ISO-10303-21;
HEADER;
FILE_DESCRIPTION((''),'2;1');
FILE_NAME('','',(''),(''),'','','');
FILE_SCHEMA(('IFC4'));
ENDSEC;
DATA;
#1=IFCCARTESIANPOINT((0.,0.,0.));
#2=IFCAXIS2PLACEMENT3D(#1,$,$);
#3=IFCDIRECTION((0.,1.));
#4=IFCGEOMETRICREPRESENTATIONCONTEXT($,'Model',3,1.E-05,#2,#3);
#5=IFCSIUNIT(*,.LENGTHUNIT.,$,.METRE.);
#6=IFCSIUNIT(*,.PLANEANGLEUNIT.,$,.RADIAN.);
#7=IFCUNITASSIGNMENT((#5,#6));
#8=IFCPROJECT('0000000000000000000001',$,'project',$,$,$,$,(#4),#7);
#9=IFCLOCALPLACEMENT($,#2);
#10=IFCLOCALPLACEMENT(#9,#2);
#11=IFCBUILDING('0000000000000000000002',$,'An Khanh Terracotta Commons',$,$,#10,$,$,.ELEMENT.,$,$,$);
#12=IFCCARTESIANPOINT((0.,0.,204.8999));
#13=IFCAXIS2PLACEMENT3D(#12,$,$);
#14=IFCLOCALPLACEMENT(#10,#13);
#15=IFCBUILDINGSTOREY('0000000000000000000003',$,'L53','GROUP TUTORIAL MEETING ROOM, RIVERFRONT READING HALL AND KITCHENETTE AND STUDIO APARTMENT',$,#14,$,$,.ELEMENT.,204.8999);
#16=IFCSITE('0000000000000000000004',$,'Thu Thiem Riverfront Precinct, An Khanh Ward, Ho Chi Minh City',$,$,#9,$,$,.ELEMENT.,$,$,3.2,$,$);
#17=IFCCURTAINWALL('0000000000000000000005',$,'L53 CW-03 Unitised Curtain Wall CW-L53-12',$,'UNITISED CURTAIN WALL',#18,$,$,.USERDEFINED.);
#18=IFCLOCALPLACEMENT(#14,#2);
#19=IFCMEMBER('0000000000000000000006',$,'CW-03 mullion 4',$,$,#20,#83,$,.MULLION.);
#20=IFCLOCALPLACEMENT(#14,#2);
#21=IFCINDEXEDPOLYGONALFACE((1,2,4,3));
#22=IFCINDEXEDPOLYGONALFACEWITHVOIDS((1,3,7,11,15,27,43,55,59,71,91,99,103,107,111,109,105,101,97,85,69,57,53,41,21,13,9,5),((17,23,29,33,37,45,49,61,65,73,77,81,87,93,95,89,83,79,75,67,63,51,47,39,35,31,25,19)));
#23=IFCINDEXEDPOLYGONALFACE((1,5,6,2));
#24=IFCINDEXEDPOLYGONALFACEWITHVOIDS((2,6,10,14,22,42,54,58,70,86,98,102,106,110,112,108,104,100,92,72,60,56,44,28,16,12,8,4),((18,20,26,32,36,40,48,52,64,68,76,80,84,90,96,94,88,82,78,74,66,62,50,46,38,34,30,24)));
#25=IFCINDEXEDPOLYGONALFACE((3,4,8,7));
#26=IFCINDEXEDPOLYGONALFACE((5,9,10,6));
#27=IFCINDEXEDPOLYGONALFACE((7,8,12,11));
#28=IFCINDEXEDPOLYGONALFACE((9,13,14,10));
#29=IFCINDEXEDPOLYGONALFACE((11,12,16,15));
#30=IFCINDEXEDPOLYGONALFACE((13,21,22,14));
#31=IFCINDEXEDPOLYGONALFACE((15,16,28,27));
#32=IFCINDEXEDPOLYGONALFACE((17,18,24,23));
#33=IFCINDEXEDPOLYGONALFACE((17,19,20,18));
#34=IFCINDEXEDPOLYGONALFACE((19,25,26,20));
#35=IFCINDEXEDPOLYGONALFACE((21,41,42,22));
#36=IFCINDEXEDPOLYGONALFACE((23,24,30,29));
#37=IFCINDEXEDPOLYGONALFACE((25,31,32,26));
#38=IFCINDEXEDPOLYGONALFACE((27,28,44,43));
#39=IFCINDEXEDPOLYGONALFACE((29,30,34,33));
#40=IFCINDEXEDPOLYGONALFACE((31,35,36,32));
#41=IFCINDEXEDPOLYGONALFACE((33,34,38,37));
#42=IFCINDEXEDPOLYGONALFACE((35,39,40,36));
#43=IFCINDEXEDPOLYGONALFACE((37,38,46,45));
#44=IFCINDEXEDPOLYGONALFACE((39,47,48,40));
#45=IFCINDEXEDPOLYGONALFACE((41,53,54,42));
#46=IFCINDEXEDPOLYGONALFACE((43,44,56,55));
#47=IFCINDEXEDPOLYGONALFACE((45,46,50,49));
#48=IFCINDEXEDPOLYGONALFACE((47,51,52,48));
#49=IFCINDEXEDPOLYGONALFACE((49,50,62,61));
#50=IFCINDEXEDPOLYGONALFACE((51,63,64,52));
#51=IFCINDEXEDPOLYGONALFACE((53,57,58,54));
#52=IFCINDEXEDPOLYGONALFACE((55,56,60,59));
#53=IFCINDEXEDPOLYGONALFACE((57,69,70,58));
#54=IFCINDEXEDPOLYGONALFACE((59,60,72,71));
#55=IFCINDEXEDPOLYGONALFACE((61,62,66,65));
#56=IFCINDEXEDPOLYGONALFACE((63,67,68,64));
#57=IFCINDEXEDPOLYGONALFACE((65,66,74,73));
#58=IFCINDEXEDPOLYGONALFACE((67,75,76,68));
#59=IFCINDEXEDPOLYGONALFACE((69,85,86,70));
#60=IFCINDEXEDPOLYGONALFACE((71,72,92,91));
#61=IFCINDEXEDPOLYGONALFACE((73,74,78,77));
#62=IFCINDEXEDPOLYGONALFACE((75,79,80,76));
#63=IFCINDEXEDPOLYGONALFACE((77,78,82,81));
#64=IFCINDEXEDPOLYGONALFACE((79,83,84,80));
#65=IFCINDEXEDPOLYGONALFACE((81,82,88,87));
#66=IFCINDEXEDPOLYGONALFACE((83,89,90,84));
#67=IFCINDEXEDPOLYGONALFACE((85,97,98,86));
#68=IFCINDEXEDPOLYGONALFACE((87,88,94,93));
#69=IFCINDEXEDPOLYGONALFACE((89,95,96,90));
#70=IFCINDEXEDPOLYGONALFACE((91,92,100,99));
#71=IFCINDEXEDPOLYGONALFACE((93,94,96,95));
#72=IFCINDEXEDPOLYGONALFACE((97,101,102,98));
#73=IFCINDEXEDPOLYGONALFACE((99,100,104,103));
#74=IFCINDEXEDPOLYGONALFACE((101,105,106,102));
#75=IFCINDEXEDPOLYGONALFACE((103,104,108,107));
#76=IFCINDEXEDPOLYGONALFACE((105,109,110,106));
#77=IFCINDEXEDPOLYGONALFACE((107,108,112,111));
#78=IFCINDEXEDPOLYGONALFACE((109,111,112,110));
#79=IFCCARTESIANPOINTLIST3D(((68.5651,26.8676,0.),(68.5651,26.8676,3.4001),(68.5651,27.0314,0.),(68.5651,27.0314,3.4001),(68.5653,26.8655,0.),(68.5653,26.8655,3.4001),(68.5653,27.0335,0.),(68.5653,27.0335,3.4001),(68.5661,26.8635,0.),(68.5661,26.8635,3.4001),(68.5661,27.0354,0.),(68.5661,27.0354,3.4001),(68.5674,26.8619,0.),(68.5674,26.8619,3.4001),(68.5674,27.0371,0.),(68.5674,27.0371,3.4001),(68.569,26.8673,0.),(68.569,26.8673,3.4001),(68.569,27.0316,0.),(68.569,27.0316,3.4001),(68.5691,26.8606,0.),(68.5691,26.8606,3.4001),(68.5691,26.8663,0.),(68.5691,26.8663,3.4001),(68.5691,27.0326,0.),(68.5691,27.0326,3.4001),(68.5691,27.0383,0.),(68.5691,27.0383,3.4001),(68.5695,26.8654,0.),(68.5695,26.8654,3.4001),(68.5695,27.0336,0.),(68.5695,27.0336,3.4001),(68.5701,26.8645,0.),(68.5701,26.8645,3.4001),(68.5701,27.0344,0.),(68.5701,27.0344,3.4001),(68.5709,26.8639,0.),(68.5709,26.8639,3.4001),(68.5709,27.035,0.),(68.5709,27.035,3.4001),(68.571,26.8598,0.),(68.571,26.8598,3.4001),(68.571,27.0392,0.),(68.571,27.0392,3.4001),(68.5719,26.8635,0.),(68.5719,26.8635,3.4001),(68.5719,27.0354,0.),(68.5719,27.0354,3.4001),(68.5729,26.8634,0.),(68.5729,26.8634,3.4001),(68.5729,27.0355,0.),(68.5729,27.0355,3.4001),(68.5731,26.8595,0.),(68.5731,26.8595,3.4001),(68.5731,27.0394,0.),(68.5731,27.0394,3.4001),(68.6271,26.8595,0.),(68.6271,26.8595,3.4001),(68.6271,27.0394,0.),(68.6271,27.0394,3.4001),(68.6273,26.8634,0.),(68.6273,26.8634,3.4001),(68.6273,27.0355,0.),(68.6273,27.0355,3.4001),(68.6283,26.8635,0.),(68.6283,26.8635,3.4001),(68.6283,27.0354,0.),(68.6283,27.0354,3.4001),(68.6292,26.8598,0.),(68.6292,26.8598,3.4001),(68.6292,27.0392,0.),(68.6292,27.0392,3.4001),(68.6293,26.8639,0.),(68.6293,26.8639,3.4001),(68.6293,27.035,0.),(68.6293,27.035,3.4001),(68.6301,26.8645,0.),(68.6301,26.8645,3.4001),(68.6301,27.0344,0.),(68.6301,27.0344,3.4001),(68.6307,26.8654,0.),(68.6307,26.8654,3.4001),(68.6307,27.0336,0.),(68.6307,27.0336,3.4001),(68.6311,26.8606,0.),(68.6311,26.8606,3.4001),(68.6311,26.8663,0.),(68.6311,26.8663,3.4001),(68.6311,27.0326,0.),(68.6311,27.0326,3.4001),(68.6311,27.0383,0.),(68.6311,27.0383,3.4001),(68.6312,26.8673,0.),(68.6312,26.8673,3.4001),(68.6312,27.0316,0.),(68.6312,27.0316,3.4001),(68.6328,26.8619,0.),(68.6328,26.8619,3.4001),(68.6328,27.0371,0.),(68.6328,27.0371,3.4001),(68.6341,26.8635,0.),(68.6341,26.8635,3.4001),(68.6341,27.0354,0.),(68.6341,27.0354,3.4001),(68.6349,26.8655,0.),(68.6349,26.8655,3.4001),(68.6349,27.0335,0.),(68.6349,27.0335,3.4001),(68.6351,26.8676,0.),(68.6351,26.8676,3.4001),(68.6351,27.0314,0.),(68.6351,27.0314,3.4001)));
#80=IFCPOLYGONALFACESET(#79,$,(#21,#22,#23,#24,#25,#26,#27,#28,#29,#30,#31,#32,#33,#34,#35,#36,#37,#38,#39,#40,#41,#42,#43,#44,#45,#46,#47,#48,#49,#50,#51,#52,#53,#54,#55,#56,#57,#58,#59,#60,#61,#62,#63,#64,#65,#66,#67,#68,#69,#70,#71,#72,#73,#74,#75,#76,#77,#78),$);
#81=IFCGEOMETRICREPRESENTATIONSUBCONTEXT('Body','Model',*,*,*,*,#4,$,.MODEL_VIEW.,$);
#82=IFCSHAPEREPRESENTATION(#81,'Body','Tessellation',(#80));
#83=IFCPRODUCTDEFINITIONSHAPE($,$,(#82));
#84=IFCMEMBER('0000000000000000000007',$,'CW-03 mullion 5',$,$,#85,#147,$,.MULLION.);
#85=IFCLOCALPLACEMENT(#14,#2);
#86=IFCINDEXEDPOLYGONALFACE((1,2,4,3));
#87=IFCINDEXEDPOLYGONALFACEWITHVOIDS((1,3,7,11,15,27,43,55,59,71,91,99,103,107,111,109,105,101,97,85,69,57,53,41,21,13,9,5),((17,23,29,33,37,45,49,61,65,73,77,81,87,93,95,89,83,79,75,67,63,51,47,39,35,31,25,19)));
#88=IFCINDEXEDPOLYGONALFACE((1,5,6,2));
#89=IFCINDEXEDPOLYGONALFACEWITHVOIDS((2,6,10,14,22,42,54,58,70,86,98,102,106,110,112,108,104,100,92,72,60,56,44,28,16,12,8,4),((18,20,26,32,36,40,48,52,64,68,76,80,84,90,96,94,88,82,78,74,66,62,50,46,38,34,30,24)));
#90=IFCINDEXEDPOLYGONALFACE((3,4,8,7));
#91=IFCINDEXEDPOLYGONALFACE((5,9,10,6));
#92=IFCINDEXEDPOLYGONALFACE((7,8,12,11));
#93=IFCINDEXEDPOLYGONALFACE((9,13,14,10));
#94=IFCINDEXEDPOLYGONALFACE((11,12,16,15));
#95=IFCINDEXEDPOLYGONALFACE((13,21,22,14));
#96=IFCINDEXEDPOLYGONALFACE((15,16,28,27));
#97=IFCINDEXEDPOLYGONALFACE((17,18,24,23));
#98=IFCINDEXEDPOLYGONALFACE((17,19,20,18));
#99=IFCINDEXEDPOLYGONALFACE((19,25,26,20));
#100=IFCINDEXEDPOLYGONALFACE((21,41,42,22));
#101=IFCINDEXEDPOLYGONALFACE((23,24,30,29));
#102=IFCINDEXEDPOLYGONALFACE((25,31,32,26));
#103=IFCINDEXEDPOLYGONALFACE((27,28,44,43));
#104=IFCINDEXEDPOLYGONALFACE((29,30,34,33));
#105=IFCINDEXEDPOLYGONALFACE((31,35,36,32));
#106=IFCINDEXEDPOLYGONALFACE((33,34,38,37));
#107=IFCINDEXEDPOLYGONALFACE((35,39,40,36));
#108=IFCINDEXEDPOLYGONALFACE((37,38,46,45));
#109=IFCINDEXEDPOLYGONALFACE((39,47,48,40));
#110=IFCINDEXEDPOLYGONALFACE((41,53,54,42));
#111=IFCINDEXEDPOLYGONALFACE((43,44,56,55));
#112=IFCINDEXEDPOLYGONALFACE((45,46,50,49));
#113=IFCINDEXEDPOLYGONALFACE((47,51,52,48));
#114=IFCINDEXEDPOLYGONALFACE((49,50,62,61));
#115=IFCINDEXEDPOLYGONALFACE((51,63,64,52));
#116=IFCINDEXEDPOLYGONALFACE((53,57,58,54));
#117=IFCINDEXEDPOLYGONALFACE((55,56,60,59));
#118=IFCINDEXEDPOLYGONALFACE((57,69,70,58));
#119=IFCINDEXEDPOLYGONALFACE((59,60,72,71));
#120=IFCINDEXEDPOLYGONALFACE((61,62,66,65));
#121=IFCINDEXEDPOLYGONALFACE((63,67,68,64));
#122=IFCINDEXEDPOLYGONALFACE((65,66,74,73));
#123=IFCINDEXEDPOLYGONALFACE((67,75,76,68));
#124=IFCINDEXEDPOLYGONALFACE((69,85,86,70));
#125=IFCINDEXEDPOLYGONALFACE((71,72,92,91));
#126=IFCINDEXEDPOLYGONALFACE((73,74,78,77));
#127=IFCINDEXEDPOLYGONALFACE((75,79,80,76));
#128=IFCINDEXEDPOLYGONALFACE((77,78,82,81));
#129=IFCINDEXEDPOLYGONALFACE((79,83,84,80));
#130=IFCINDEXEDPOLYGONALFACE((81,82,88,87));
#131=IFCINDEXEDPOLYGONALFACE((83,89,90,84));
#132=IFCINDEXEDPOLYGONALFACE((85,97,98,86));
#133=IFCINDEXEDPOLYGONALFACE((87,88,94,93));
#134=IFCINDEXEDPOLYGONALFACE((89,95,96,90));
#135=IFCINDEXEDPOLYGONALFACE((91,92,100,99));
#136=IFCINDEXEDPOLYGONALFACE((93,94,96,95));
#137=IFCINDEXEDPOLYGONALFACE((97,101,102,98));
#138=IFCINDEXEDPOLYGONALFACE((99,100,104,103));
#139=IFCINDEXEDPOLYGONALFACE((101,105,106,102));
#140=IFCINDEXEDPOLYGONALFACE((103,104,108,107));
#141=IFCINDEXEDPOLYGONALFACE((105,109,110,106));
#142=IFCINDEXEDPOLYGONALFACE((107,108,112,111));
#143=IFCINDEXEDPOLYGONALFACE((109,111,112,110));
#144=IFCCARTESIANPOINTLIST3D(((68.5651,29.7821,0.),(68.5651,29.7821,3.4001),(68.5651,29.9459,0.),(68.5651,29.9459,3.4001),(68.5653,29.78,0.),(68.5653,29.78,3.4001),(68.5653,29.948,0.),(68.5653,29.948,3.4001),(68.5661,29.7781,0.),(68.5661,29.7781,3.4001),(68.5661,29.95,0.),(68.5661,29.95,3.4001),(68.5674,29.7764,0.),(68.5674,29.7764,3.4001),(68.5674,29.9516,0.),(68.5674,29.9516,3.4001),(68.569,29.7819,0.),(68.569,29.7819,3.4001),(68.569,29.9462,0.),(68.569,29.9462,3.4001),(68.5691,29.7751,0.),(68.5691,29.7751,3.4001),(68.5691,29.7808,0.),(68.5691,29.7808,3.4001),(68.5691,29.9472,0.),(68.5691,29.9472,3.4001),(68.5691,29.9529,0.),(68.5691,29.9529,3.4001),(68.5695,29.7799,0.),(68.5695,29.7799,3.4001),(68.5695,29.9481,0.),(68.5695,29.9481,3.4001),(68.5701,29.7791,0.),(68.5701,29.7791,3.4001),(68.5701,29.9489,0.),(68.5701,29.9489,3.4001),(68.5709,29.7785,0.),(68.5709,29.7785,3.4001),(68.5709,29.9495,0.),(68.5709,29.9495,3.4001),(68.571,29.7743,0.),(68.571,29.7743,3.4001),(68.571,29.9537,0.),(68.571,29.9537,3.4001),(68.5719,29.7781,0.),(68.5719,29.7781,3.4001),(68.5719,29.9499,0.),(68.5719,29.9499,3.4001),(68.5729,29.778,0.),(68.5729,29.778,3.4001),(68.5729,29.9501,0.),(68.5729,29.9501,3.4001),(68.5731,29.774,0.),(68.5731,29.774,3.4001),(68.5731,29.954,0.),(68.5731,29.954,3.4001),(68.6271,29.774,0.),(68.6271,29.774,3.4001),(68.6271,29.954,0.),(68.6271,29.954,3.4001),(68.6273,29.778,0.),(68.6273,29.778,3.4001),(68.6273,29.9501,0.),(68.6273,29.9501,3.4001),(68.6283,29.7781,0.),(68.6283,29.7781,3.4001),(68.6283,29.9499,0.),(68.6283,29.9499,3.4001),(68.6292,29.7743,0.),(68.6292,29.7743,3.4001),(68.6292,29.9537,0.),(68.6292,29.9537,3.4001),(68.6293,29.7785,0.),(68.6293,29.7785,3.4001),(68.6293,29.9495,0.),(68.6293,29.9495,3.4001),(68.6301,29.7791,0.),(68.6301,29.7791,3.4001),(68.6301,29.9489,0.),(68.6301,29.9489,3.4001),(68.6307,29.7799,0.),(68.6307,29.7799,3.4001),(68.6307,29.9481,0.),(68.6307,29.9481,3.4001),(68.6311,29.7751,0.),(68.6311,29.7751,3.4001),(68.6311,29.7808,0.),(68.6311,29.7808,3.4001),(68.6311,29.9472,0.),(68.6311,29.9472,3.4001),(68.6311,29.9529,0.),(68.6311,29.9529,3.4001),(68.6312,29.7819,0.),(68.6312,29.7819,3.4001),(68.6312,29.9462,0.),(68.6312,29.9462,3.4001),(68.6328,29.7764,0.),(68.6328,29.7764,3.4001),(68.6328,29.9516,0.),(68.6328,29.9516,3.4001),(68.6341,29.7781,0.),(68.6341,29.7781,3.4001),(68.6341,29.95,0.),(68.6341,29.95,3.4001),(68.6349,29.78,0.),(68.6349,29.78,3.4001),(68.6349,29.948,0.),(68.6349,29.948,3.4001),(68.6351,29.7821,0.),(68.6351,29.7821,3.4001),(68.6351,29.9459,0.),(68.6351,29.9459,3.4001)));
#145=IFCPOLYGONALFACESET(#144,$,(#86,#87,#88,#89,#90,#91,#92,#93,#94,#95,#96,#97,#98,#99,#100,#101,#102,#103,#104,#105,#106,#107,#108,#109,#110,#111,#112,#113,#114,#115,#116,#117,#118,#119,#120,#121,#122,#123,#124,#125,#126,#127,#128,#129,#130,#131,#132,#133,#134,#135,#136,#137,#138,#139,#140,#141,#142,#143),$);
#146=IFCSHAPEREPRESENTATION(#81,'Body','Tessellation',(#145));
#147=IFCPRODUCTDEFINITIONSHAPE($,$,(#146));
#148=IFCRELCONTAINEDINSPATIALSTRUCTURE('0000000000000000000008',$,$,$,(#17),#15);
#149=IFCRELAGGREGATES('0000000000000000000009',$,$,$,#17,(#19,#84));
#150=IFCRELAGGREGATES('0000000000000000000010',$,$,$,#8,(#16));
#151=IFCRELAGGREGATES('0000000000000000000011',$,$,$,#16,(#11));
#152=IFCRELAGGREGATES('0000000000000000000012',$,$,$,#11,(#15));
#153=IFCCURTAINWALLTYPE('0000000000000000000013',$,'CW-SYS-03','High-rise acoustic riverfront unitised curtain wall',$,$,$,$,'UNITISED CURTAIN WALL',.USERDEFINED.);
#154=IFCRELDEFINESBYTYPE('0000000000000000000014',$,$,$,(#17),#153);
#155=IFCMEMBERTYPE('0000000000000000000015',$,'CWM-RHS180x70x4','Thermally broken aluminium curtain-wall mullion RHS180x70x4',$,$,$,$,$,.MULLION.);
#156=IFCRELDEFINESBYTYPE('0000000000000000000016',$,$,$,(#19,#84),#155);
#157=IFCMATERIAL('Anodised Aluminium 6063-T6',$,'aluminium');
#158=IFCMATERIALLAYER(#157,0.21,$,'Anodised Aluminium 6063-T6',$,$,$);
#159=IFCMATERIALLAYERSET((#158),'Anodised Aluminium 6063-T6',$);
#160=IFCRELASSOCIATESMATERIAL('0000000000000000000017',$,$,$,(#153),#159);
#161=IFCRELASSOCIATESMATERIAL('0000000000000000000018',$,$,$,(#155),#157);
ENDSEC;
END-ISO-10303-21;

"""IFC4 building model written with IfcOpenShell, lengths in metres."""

from ifc_helpers import new_model, si_unit, direction, frame, origin, origin_2d, place, context, subcontext, project, spatial, hollow_rectangle, extrude, material, layer, layer_set, material_profile, profile_set, type_object, element, aggregate, save


model = new_model("IFC4")

# Units and contexts
model_context = context("Model", 3, precision=1e-05, world=origin(), true_north=direction((0.0, 1.0)))
body_context = subcontext(model_context, "Body", "Model", "MODEL_VIEW")
ifc_project = project(units=[si_unit("LENGTHUNIT", "METRE"), si_unit("PLANEANGLEUNIT", "RADIAN")], contexts=[model_context])

# Site, building, storey
site_placement = place(None, origin())
site = spatial("IfcSite", under=ifc_project, at=site_placement, Name="Thu Thiem Riverfront Precinct, An Khanh Ward, Ho Chi Minh City", CompositionType="ELEMENT", RefElevation=3.2)
building_placement = place(site_placement, origin())
building = spatial("IfcBuilding", under=site, at=building_placement, Name="An Khanh Terracotta Commons", CompositionType="ELEMENT")
storey_placement = place(building_placement, frame((0.0, 0.0, 204.8999)))
storey = spatial("IfcBuildingStorey", under=building, at=storey_placement, Name="L53", Description="GROUP TUTORIAL MEETING ROOM, RIVERFRONT READING HALL AND KITCHENETTE AND STUDIO APARTMENT", CompositionType="ELEMENT", Elevation=204.8999)

# Curtain wall, members
ifc_material_1 = material(Name="Anodised Aluminium 6063-T6", Category="aluminium")
ifc_layer_1 = layer(ifc_material_1, 0.21, Name="Anodised Aluminium 6063-T6")
ifc_layer_set_1 = layer_set([ifc_layer_1], Name="Anodised Aluminium 6063-T6")
curtain_wall_type = type_object("IfcCurtainWallType", Name="CW-SYS-03", Description="High-rise acoustic riverfront unitised curtain wall", ElementType="UNITISED CURTAIN WALL", PredefinedType="USERDEFINED", material=ifc_layer_set_1)
curtain_wall_1_placement = place(storey_placement, origin())
curtain_wall_1 = element("IfcCurtainWall", 1, at=curtain_wall_1_placement, inside=storey, type_object=curtain_wall_type, Name="L53 CW-03 Unitised Curtain Wall CW-L53-12", ObjectType="UNITISED CURTAIN WALL", PredefinedType="USERDEFINED")
ifc_material_profile_1 = material_profile(ifc_material_1, hollow_rectangle(XDim=0.0701, YDim=0.1799, WallThickness=0.0039, InnerFilletRadius=0.0039, OuterFilletRadius=0.0081, at=origin_2d()), Name="RHS180x70x4")
ifc_profile_set_1 = profile_set([ifc_material_profile_1], Name="Anodised Aluminium 6063-T6")
member_type_1 = type_object("IfcMemberType", Name="CWM-RHS180x70x4", Description="Thermally broken aluminium curtain-wall mullion RHS180x70x4", PredefinedType="MULLION", material=ifc_profile_set_1)
member_1_placement = place(storey_placement, frame((68.6001, 26.9495, 0.0), z_axis=(0.0, 0.0, 1.0), x_axis=(-1.0, 0.0, 0.0)))
member_1 = element("IfcMember", 2, at=member_1_placement, type_object=member_type_1, Name="CW-03 mullion 4", PredefinedType="MULLION", context=body_context, shape_type="SweptSolid", body=[
    extrude(hollow_rectangle(XDim=0.0701, YDim=0.1799, WallThickness=0.0039, InnerFilletRadius=0.0039, OuterFilletRadius=0.0081, at=origin_2d()), origin(), (0.0, 0.0, 1.0), 3.4001),
])
member_2_placement = place(storey_placement, frame((68.6001, 29.864, 0.0), z_axis=(0.0, 0.0, 1.0), x_axis=(-1.0, 0.0, 0.0)))
member_2 = element("IfcMember", 3, at=member_2_placement, type_object=member_type_1, Name="CW-03 mullion 5", PredefinedType="MULLION", context=body_context, shape_type="SweptSolid", body=[
    extrude(hollow_rectangle(XDim=0.0701, YDim=0.1799, WallThickness=0.0039, InnerFilletRadius=0.0039, OuterFilletRadius=0.0081, at=origin_2d()), origin(), (0.0, 0.0, 1.0), 3.4001),
])

aggregate(curtain_wall_1, [member_1, member_2])

save(model, "model.ifc")
